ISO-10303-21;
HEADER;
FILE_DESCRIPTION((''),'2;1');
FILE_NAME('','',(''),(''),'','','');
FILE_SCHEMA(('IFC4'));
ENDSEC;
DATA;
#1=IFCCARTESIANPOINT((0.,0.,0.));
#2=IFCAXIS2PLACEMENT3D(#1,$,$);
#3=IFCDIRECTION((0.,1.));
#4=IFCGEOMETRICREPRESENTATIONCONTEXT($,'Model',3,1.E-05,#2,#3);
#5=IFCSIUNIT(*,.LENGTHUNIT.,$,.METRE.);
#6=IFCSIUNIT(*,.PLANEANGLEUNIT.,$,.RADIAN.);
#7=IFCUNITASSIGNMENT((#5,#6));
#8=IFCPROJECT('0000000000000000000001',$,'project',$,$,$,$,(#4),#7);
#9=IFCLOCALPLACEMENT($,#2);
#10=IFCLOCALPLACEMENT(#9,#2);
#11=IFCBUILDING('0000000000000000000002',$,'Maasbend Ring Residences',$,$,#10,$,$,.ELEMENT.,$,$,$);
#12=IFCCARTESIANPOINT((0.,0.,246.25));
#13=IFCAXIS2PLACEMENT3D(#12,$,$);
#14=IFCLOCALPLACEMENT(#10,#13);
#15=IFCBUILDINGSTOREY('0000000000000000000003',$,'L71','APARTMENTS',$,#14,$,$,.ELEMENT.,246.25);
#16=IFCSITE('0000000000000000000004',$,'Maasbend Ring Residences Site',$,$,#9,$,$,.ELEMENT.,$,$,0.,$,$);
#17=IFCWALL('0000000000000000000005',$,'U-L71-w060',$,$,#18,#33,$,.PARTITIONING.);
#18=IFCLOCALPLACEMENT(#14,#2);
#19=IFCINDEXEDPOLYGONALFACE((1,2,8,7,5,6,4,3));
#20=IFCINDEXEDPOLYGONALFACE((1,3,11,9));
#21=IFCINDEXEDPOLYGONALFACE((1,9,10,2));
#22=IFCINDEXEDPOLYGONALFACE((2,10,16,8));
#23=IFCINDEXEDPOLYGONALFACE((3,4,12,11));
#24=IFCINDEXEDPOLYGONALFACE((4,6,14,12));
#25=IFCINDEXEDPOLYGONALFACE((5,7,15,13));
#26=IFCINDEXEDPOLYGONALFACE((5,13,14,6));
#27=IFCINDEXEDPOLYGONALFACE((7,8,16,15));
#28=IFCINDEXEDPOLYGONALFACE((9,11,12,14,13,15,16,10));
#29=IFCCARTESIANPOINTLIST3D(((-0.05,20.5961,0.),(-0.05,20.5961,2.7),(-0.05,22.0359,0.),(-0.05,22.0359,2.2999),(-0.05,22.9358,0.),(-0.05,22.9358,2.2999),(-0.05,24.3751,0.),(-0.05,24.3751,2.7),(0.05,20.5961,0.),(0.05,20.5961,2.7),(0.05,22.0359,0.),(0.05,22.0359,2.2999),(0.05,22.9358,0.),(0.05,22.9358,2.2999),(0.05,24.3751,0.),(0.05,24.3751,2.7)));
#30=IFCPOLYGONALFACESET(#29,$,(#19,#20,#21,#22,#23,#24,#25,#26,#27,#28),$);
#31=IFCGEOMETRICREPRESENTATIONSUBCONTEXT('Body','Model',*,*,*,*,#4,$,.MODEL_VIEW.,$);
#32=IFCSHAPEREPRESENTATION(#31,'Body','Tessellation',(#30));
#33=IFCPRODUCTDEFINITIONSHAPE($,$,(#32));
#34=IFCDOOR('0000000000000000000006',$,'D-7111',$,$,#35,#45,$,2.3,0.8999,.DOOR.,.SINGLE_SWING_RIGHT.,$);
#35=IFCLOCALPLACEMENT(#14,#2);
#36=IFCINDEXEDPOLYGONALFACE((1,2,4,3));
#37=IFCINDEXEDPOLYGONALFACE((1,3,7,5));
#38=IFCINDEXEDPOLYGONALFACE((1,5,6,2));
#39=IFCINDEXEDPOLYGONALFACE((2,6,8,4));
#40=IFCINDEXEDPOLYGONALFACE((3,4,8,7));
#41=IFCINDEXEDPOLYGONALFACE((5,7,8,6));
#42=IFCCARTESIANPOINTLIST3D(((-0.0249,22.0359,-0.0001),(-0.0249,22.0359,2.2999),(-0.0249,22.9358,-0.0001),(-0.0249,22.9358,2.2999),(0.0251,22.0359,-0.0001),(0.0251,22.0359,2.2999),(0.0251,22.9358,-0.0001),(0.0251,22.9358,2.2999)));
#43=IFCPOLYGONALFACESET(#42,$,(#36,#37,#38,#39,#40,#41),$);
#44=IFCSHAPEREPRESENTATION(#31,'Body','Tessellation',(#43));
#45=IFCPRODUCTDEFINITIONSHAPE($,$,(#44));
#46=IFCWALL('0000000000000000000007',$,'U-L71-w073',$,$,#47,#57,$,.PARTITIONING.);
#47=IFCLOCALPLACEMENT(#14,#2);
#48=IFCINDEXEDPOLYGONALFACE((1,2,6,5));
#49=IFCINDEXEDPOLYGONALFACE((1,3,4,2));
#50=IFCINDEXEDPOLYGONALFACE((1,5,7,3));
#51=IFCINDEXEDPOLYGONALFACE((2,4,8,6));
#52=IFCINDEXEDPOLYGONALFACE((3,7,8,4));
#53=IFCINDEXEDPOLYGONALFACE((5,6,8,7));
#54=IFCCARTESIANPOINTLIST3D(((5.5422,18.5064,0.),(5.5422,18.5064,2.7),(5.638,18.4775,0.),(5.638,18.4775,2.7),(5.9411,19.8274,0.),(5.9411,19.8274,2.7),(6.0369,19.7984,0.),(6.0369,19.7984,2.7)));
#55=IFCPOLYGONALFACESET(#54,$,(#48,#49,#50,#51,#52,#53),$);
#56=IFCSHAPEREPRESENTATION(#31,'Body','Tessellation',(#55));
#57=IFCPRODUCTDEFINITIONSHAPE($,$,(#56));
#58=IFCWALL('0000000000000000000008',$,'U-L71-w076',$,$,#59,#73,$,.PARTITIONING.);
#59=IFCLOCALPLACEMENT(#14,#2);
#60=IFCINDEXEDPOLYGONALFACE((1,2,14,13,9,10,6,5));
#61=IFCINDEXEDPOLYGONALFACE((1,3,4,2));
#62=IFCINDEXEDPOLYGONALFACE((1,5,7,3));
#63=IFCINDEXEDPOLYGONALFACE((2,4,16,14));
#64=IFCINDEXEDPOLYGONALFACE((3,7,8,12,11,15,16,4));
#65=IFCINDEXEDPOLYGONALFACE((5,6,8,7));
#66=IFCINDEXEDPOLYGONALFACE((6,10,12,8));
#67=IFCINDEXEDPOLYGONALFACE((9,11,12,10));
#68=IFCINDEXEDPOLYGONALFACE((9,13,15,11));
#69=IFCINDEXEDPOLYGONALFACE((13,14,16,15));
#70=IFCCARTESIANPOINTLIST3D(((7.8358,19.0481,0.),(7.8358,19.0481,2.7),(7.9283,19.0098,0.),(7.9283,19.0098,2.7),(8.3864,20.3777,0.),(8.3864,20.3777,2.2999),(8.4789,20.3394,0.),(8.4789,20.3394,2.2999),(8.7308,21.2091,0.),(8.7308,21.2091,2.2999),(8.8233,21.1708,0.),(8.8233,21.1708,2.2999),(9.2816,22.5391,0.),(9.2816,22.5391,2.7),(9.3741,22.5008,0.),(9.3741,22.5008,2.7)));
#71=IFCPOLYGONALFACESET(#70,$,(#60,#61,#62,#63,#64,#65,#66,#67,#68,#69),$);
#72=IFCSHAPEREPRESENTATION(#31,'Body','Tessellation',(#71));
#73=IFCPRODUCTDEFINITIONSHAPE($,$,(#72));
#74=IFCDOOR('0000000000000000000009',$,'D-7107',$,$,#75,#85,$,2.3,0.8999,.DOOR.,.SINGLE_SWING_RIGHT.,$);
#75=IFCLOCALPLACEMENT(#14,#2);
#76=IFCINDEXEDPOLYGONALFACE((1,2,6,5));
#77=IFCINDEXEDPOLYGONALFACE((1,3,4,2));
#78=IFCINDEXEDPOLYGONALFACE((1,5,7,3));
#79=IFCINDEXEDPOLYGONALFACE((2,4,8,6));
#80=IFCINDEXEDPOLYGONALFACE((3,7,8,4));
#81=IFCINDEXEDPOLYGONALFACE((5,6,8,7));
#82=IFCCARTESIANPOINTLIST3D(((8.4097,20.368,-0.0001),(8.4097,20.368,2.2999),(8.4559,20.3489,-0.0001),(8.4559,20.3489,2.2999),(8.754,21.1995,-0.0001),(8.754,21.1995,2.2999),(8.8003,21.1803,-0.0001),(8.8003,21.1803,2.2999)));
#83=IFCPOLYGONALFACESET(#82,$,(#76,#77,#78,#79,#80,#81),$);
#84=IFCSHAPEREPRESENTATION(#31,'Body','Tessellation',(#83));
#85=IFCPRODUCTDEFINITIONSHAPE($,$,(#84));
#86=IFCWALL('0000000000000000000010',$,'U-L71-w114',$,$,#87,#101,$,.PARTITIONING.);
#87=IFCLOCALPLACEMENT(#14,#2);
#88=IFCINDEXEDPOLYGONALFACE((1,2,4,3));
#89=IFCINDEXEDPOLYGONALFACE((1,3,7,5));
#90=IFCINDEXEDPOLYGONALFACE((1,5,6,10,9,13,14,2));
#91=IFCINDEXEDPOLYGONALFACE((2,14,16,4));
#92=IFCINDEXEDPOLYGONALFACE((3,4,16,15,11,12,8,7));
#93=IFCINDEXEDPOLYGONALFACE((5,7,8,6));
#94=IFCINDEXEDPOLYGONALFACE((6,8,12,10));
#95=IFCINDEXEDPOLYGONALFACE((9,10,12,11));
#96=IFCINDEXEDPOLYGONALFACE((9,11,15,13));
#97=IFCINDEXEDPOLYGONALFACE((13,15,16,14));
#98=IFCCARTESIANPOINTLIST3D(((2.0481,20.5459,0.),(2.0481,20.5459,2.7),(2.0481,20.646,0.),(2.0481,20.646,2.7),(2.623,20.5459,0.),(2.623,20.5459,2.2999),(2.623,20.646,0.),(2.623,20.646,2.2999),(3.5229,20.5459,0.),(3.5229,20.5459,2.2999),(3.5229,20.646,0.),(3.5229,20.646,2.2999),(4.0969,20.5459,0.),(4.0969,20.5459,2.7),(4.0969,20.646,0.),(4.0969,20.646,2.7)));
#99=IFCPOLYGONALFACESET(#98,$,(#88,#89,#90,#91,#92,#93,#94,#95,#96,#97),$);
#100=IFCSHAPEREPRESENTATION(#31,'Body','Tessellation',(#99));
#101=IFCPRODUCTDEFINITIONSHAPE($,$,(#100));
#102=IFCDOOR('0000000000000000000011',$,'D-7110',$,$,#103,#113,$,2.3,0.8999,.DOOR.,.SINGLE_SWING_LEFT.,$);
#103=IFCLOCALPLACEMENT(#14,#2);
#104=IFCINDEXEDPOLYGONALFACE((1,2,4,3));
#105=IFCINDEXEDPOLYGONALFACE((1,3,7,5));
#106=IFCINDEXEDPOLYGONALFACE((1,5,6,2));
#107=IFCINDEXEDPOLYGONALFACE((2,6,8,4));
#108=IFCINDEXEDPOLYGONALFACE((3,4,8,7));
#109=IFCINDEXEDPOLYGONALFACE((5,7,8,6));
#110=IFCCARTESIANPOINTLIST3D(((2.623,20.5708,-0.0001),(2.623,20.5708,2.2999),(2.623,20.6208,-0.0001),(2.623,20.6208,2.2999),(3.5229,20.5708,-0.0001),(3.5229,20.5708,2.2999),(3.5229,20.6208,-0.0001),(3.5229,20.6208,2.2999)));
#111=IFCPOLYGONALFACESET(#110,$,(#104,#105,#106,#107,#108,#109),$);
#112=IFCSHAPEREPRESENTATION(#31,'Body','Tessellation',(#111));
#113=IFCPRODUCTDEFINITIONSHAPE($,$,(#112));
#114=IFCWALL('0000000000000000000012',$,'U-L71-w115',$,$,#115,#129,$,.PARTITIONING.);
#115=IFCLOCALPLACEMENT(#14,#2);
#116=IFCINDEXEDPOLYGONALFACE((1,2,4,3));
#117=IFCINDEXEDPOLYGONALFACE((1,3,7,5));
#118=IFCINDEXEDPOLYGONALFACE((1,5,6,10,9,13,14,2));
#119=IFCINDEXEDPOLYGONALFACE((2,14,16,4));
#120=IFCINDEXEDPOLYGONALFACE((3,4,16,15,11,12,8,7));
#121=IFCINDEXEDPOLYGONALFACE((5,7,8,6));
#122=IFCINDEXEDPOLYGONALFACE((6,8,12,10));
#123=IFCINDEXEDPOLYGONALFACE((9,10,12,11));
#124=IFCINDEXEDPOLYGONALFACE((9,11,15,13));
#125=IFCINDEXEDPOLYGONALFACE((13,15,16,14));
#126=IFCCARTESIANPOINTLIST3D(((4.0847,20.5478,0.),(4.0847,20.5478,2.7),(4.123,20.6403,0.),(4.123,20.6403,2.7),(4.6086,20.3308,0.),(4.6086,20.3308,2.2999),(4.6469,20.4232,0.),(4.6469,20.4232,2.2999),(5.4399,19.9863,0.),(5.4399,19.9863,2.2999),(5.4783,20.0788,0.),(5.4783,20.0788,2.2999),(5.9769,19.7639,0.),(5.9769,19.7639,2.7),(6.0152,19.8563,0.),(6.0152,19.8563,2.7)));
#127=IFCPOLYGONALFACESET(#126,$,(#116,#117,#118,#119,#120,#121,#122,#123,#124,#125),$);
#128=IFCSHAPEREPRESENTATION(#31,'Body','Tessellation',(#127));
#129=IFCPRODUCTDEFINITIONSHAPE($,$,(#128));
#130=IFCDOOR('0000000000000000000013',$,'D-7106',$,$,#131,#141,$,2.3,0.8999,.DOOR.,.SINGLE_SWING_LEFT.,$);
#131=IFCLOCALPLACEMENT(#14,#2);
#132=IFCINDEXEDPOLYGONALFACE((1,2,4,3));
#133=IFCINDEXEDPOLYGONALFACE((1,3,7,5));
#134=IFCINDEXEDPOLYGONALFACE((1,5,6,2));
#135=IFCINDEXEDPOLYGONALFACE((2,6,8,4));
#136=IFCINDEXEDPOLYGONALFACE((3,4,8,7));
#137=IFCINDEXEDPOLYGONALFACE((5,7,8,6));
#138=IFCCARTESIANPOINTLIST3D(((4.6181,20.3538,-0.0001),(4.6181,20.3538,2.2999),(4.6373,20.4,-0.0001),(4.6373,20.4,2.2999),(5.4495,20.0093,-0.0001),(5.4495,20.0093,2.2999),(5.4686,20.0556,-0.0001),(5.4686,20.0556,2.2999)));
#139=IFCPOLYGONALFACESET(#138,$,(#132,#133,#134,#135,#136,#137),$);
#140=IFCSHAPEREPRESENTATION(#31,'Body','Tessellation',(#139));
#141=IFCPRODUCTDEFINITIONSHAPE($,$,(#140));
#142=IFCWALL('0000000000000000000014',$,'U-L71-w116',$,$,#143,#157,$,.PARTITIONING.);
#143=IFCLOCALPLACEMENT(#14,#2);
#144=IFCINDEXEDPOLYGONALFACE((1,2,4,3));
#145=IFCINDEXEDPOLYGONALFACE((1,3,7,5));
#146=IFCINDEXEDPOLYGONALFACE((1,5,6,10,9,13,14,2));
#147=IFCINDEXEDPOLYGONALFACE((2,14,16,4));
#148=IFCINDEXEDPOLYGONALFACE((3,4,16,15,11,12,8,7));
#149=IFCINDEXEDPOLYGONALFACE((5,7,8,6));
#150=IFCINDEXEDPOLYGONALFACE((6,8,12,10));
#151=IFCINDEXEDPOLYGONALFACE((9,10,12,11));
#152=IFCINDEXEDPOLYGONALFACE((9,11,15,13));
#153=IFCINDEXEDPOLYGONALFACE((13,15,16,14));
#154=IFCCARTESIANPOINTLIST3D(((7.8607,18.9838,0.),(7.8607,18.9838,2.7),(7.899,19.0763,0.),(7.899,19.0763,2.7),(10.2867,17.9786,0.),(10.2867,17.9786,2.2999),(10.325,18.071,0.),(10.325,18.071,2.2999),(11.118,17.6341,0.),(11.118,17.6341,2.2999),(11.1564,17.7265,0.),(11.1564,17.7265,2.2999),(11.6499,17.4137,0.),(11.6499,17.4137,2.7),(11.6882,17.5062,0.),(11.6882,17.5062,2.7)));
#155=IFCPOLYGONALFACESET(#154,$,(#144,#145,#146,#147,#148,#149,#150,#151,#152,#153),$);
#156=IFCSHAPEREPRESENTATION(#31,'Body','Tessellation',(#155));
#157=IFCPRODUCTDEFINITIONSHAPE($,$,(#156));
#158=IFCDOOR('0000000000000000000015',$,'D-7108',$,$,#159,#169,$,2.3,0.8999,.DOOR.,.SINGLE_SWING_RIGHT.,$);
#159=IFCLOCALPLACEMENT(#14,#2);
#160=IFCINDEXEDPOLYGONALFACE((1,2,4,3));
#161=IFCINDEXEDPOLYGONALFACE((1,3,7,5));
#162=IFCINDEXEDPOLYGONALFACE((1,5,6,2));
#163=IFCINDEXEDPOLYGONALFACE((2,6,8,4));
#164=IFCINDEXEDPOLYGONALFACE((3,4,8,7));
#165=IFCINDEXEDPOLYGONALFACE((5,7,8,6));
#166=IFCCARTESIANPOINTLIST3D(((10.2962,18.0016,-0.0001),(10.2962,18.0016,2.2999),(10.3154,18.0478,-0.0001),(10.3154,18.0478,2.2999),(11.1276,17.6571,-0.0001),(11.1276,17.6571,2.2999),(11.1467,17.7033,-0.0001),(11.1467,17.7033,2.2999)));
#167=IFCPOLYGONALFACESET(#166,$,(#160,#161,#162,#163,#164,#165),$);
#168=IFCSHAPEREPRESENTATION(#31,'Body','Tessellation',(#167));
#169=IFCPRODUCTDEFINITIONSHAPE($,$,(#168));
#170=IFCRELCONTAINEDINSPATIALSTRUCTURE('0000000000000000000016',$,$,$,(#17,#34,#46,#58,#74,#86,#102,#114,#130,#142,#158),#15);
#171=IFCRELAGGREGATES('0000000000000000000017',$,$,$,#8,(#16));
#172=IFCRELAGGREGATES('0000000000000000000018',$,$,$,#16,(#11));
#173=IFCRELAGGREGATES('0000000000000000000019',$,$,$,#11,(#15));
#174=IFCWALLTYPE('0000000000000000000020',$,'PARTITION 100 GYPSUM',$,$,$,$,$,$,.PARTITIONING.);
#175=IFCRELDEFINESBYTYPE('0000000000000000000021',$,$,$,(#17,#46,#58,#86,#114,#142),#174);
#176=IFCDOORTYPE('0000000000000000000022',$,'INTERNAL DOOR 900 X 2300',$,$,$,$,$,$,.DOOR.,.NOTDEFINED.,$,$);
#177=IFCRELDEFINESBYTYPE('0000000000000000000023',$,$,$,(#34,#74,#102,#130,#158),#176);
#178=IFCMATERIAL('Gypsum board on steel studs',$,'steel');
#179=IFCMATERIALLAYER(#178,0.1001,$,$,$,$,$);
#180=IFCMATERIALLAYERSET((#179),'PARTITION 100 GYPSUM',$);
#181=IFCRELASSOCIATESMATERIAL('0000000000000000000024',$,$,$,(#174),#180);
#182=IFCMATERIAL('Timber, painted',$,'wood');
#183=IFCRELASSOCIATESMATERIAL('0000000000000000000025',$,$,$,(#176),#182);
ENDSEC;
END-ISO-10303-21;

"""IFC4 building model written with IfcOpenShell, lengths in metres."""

from ifc_helpers import new_model, si_unit, direction, frame, frame_2d, origin, place, context, subcontext, project, spatial, rectangle, extrude, material, layer, layer_set, type_object, element, fill, save


model = new_model("IFC4")

# Units and contexts
model_context = context("Model", 3, precision=1e-05, world=origin(), true_north=direction((0.0, 1.0)))
body_context = subcontext(model_context, "Body", "Model", "MODEL_VIEW")
ifc_project = project(units=[si_unit("LENGTHUNIT", "METRE"), si_unit("PLANEANGLEUNIT", "RADIAN")], contexts=[model_context])

# Site, building, storey
site_placement = place(None, origin())
site = spatial("IfcSite", under=ifc_project, at=site_placement, Name="Maasbend Ring Residences Site", CompositionType="ELEMENT", RefElevation=0.0)
building_placement = place(site_placement, origin())
building = spatial("IfcBuilding", under=site, at=building_placement, Name="Maasbend Ring Residences", CompositionType="ELEMENT")
storey_placement = place(building_placement, frame((0.0, 0.0, 246.25)))
storey = spatial("IfcBuildingStorey", under=building, at=storey_placement, Name="L71", Description="APARTMENTS", CompositionType="ELEMENT", Elevation=246.25)

# Shared definitions
ifc_material_1 = material(Name="Gypsum board on steel studs", Category="steel")
ifc_layer_1 = layer(ifc_material_1, 0.1001)
ifc_layer_set_1 = layer_set([ifc_layer_1], Name="PARTITION 100 GYPSUM")
wall_type_1 = type_object("IfcWallType", Name="PARTITION 100 GYPSUM", PredefinedType="PARTITIONING", material=ifc_layer_set_1)

# Wall, opening, door
wall_1_placement = place(storey_placement, frame((0.0, 20.5959, 0.0), z_axis=(0.0, 0.0, 1.0), x_axis=(0.0, 1.0, 0.0)))
wall_1 = element("IfcWall", 1, at=wall_1_placement, inside=storey, type_object=wall_type_1, Name="U-L71-w060", PredefinedType="PARTITIONING", context=body_context, shape_type="SweptSolid", body=[
    extrude(rectangle(XDim=3.7791, YDim=0.1001, at=frame_2d((1.8896, 0.0))), origin(), (0.0, 0.0, 1.0), 2.7),
])
opening_1_placement = place(wall_1_placement, frame((1.4399, 0.0, 0.0)))
opening_1 = element("IfcOpeningElement", 2, at=opening_1_placement, cuts=wall_1, PredefinedType="OPENING", context=body_context, shape_type="SweptSolid", body=[
    extrude(rectangle(XDim=0.8999, YDim=2.3, at=frame_2d((0.45, 1.1499))), frame((0.0, 0.0601, 0.0), z_axis=(0.0, -1.0, 0.0), x_axis=(1.0, 0.0, 0.0)), (0.0, 0.0, 1.0), 0.1201),
])
ifc_material_2 = material(Name="Timber, painted", Category="wood")
door_type_1 = type_object("IfcDoorType", Name="INTERNAL DOOR 900 X 2300", OperationType="NOTDEFINED", PredefinedType="DOOR", material=ifc_material_2)
door_1_placement = place(opening_1_placement, origin())
door_1 = element("IfcDoor", 3, at=door_1_placement, inside=storey, type_object=door_type_1, Name="D-7111", OperationType="SINGLE_SWING_RIGHT", OverallHeight=2.3, OverallWidth=0.8999, PredefinedType="DOOR", context=body_context, shape_type="SweptSolid", body=[
    extrude(rectangle(XDim=0.8999, YDim=2.3, at=frame_2d((0.45, 1.1499))), frame((0.0, 0.0249, 0.0), z_axis=(0.0, -1.0, 0.0), x_axis=(1.0, 0.0, 0.0)), (0.0, 0.0, 1.0), 0.05),
])
fill(opening_1, door_1)

# Wall
wall_2_placement = place(storey_placement, frame((5.5901, 18.4919, 0.0), z_axis=(0.0, 0.0, 1.0), x_axis=(0.289084, 0.957304, 0.0)))
element("IfcWall", 4, at=wall_2_placement, inside=storey, type_object=wall_type_1, Name="U-L71-w073", PredefinedType="PARTITIONING", context=body_context, shape_type="SweptSolid", body=[
    extrude(rectangle(XDim=1.3799, YDim=0.1001, at=frame_2d((0.6899, 0.0))), origin(), (0.0, 0.0, 1.0), 2.7),
])

# Walls, openings, doors
wall_3_placement = place(storey_placement, frame((7.8821, 19.0291, 0.0), z_axis=(0.0, 0.0, 1.0), x_axis=(0.382637, 0.923899, 0.0)))
wall_3 = element("IfcWall", 5, at=wall_3_placement, inside=storey, type_object=wall_type_1, Name="U-L71-w076", PredefinedType="PARTITIONING", context=body_context, shape_type="SweptSolid", body=[
    extrude(rectangle(XDim=3.7786, YDim=0.1001, at=frame_2d((1.8892, 0.0))), origin(), (0.0, 0.0, 1.0), 2.7),
])
opening_2_placement = place(wall_3_placement, frame((1.439, 0.0, 0.0)))
opening_2 = element("IfcOpeningElement", 6, at=opening_2_placement, cuts=wall_3, PredefinedType="OPENING", context=body_context, shape_type="SweptSolid", body=[
    extrude(rectangle(XDim=0.8999, YDim=2.3, at=frame_2d((0.45, 1.1499))), frame((0.0, 0.0601, 0.0), z_axis=(0.0, -1.0, 0.0), x_axis=(1.0, 0.0, 0.0)), (0.0, 0.0, 1.0), 0.1201),
])
door_2_placement = place(opening_2_placement, origin())
door_2 = element("IfcDoor", 7, at=door_2_placement, inside=storey, type_object=door_type_1, Name="D-7107", OperationType="SINGLE_SWING_RIGHT", OverallHeight=2.3, OverallWidth=0.8999, PredefinedType="DOOR", context=body_context, shape_type="SweptSolid", body=[
    extrude(rectangle(XDim=0.8999, YDim=2.3, at=frame_2d((0.45, 1.1499))), frame((0.0, 0.0249, 0.0), z_axis=(0.0, -1.0, 0.0), x_axis=(1.0, 0.0, 0.0)), (0.0, 0.0, 1.0), 0.05),
])
fill(opening_2, door_2)
wall_4_placement = place(storey_placement, frame((2.0481, 20.5959, 0.0), z_axis=(0.0, 0.0, 1.0), x_axis=(1.0, 0.0, 0.0)))
wall_4 = element("IfcWall", 8, at=wall_4_placement, inside=storey, type_object=wall_type_1, Name="U-L71-w114", PredefinedType="PARTITIONING", context=body_context, shape_type="SweptSolid", body=[
    extrude(rectangle(XDim=2.0488, YDim=0.1001, at=frame_2d((1.0244, 0.0))), origin(), (0.0, 0.0, 1.0), 2.7),
])
opening_3_placement = place(wall_4_placement, frame((0.575, 0.0, 0.0)))
opening_3 = element("IfcOpeningElement", 9, at=opening_3_placement, cuts=wall_4, PredefinedType="OPENING", context=body_context, shape_type="SweptSolid", body=[
    extrude(rectangle(XDim=0.8999, YDim=2.3, at=frame_2d((0.45, 1.1499))), frame((0.0, 0.0601, 0.0), z_axis=(0.0, -1.0, 0.0), x_axis=(1.0, 0.0, 0.0)), (0.0, 0.0, 1.0), 0.1201),
])
door_3_placement = place(opening_3_placement, origin())
door_3 = element("IfcDoor", 10, at=door_3_placement, inside=storey, type_object=door_type_1, Name="D-7110", OperationType="SINGLE_SWING_LEFT", OverallHeight=2.3, OverallWidth=0.8999, PredefinedType="DOOR", context=body_context, shape_type="SweptSolid", body=[
    extrude(rectangle(XDim=0.8999, YDim=2.3, at=frame_2d((0.45, 1.1499))), frame((0.0, 0.0249, 0.0), z_axis=(0.0, -1.0, 0.0), x_axis=(1.0, 0.0, 0.0)), (0.0, 0.0, 1.0), 0.05),
])
fill(opening_3, door_3)
wall_5_placement = place(storey_placement, frame((4.104, 20.594, 0.0), z_axis=(0.0, 0.0, 1.0), x_axis=(0.923844, -0.382769, 0.0)))
wall_5 = element("IfcWall", 11, at=wall_5_placement, inside=storey, type_object=wall_type_1, Name="U-L71-w115", PredefinedType="PARTITIONING", context=body_context, shape_type="SweptSolid", body=[
    extrude(rectangle(XDim=2.0481, YDim=0.1001, at=frame_2d((1.0239, 0.0))), origin(), (0.0, 0.0, 1.0), 2.7),
])
opening_4_placement = place(wall_5_placement, frame((0.5669, 0.0, 0.0)))
opening_4 = element("IfcOpeningElement", 12, at=opening_4_placement, cuts=wall_5, PredefinedType="OPENING", context=body_context, shape_type="SweptSolid", body=[
    extrude(rectangle(XDim=0.8999, YDim=2.3, at=frame_2d((0.45, 1.1499))), frame((0.0, 0.0601, 0.0), z_axis=(0.0, -1.0, 0.0), x_axis=(1.0, 0.0, 0.0)), (0.0, 0.0, 1.0), 0.1201),
])
door_4_placement = place(opening_4_placement, origin())
door_4 = element("IfcDoor", 13, at=door_4_placement, inside=storey, type_object=door_type_1, Name="D-7106", OperationType="SINGLE_SWING_LEFT", OverallHeight=2.3, OverallWidth=0.8999, PredefinedType="DOOR", context=body_context, shape_type="SweptSolid", body=[
    extrude(rectangle(XDim=0.8999, YDim=2.3, at=frame_2d((0.45, 1.1499))), frame((0.0, 0.0249, 0.0), z_axis=(0.0, -1.0, 0.0), x_axis=(1.0, 0.0, 0.0)), (0.0, 0.0, 1.0), 0.05),
])
fill(opening_4, door_4)
wall_6_placement = place(storey_placement, frame((7.8799, 19.03, 0.0), z_axis=(0.0, 0.0, 1.0), x_axis=(0.923829, -0.382806, 0.0)))
wall_6 = element("IfcWall", 14, at=wall_6_placement, inside=storey, type_object=wall_type_1, Name="U-L71-w116", PredefinedType="PARTITIONING", context=body_context, shape_type="SweptSolid", body=[
    extrude(rectangle(XDim=4.1016, YDim=0.1001, at=frame_2d((2.0508, 0.0))), origin(), (0.0, 0.0, 1.0), 2.7),
])
opening_5_placement = place(wall_6_placement, frame((2.626, 0.0, 0.0)))
opening_5 = element("IfcOpeningElement", 15, at=opening_5_placement, cuts=wall_6, PredefinedType="OPENING", context=body_context, shape_type="SweptSolid", body=[
    extrude(rectangle(XDim=0.8999, YDim=2.3, at=frame_2d((0.45, 1.1499))), frame((0.0, 0.0601, 0.0), z_axis=(0.0, -1.0, 0.0), x_axis=(1.0, 0.0, 0.0)), (0.0, 0.0, 1.0), 0.1201),
])
door_5_placement = place(opening_5_placement, origin())
door_5 = element("IfcDoor", 16, at=door_5_placement, inside=storey, type_object=door_type_1, Name="D-7108", OperationType="SINGLE_SWING_RIGHT", OverallHeight=2.3, OverallWidth=0.8999, PredefinedType="DOOR", context=body_context, shape_type="SweptSolid", body=[
    extrude(rectangle(XDim=0.8999, YDim=2.3, at=frame_2d((0.45, 1.1499))), frame((0.0, 0.0249, 0.0), z_axis=(0.0, -1.0, 0.0), x_axis=(1.0, 0.0, 0.0)), (0.0, 0.0, 1.0), 0.05),
])
fill(opening_5, door_5)

save(model, "model.ifc")
